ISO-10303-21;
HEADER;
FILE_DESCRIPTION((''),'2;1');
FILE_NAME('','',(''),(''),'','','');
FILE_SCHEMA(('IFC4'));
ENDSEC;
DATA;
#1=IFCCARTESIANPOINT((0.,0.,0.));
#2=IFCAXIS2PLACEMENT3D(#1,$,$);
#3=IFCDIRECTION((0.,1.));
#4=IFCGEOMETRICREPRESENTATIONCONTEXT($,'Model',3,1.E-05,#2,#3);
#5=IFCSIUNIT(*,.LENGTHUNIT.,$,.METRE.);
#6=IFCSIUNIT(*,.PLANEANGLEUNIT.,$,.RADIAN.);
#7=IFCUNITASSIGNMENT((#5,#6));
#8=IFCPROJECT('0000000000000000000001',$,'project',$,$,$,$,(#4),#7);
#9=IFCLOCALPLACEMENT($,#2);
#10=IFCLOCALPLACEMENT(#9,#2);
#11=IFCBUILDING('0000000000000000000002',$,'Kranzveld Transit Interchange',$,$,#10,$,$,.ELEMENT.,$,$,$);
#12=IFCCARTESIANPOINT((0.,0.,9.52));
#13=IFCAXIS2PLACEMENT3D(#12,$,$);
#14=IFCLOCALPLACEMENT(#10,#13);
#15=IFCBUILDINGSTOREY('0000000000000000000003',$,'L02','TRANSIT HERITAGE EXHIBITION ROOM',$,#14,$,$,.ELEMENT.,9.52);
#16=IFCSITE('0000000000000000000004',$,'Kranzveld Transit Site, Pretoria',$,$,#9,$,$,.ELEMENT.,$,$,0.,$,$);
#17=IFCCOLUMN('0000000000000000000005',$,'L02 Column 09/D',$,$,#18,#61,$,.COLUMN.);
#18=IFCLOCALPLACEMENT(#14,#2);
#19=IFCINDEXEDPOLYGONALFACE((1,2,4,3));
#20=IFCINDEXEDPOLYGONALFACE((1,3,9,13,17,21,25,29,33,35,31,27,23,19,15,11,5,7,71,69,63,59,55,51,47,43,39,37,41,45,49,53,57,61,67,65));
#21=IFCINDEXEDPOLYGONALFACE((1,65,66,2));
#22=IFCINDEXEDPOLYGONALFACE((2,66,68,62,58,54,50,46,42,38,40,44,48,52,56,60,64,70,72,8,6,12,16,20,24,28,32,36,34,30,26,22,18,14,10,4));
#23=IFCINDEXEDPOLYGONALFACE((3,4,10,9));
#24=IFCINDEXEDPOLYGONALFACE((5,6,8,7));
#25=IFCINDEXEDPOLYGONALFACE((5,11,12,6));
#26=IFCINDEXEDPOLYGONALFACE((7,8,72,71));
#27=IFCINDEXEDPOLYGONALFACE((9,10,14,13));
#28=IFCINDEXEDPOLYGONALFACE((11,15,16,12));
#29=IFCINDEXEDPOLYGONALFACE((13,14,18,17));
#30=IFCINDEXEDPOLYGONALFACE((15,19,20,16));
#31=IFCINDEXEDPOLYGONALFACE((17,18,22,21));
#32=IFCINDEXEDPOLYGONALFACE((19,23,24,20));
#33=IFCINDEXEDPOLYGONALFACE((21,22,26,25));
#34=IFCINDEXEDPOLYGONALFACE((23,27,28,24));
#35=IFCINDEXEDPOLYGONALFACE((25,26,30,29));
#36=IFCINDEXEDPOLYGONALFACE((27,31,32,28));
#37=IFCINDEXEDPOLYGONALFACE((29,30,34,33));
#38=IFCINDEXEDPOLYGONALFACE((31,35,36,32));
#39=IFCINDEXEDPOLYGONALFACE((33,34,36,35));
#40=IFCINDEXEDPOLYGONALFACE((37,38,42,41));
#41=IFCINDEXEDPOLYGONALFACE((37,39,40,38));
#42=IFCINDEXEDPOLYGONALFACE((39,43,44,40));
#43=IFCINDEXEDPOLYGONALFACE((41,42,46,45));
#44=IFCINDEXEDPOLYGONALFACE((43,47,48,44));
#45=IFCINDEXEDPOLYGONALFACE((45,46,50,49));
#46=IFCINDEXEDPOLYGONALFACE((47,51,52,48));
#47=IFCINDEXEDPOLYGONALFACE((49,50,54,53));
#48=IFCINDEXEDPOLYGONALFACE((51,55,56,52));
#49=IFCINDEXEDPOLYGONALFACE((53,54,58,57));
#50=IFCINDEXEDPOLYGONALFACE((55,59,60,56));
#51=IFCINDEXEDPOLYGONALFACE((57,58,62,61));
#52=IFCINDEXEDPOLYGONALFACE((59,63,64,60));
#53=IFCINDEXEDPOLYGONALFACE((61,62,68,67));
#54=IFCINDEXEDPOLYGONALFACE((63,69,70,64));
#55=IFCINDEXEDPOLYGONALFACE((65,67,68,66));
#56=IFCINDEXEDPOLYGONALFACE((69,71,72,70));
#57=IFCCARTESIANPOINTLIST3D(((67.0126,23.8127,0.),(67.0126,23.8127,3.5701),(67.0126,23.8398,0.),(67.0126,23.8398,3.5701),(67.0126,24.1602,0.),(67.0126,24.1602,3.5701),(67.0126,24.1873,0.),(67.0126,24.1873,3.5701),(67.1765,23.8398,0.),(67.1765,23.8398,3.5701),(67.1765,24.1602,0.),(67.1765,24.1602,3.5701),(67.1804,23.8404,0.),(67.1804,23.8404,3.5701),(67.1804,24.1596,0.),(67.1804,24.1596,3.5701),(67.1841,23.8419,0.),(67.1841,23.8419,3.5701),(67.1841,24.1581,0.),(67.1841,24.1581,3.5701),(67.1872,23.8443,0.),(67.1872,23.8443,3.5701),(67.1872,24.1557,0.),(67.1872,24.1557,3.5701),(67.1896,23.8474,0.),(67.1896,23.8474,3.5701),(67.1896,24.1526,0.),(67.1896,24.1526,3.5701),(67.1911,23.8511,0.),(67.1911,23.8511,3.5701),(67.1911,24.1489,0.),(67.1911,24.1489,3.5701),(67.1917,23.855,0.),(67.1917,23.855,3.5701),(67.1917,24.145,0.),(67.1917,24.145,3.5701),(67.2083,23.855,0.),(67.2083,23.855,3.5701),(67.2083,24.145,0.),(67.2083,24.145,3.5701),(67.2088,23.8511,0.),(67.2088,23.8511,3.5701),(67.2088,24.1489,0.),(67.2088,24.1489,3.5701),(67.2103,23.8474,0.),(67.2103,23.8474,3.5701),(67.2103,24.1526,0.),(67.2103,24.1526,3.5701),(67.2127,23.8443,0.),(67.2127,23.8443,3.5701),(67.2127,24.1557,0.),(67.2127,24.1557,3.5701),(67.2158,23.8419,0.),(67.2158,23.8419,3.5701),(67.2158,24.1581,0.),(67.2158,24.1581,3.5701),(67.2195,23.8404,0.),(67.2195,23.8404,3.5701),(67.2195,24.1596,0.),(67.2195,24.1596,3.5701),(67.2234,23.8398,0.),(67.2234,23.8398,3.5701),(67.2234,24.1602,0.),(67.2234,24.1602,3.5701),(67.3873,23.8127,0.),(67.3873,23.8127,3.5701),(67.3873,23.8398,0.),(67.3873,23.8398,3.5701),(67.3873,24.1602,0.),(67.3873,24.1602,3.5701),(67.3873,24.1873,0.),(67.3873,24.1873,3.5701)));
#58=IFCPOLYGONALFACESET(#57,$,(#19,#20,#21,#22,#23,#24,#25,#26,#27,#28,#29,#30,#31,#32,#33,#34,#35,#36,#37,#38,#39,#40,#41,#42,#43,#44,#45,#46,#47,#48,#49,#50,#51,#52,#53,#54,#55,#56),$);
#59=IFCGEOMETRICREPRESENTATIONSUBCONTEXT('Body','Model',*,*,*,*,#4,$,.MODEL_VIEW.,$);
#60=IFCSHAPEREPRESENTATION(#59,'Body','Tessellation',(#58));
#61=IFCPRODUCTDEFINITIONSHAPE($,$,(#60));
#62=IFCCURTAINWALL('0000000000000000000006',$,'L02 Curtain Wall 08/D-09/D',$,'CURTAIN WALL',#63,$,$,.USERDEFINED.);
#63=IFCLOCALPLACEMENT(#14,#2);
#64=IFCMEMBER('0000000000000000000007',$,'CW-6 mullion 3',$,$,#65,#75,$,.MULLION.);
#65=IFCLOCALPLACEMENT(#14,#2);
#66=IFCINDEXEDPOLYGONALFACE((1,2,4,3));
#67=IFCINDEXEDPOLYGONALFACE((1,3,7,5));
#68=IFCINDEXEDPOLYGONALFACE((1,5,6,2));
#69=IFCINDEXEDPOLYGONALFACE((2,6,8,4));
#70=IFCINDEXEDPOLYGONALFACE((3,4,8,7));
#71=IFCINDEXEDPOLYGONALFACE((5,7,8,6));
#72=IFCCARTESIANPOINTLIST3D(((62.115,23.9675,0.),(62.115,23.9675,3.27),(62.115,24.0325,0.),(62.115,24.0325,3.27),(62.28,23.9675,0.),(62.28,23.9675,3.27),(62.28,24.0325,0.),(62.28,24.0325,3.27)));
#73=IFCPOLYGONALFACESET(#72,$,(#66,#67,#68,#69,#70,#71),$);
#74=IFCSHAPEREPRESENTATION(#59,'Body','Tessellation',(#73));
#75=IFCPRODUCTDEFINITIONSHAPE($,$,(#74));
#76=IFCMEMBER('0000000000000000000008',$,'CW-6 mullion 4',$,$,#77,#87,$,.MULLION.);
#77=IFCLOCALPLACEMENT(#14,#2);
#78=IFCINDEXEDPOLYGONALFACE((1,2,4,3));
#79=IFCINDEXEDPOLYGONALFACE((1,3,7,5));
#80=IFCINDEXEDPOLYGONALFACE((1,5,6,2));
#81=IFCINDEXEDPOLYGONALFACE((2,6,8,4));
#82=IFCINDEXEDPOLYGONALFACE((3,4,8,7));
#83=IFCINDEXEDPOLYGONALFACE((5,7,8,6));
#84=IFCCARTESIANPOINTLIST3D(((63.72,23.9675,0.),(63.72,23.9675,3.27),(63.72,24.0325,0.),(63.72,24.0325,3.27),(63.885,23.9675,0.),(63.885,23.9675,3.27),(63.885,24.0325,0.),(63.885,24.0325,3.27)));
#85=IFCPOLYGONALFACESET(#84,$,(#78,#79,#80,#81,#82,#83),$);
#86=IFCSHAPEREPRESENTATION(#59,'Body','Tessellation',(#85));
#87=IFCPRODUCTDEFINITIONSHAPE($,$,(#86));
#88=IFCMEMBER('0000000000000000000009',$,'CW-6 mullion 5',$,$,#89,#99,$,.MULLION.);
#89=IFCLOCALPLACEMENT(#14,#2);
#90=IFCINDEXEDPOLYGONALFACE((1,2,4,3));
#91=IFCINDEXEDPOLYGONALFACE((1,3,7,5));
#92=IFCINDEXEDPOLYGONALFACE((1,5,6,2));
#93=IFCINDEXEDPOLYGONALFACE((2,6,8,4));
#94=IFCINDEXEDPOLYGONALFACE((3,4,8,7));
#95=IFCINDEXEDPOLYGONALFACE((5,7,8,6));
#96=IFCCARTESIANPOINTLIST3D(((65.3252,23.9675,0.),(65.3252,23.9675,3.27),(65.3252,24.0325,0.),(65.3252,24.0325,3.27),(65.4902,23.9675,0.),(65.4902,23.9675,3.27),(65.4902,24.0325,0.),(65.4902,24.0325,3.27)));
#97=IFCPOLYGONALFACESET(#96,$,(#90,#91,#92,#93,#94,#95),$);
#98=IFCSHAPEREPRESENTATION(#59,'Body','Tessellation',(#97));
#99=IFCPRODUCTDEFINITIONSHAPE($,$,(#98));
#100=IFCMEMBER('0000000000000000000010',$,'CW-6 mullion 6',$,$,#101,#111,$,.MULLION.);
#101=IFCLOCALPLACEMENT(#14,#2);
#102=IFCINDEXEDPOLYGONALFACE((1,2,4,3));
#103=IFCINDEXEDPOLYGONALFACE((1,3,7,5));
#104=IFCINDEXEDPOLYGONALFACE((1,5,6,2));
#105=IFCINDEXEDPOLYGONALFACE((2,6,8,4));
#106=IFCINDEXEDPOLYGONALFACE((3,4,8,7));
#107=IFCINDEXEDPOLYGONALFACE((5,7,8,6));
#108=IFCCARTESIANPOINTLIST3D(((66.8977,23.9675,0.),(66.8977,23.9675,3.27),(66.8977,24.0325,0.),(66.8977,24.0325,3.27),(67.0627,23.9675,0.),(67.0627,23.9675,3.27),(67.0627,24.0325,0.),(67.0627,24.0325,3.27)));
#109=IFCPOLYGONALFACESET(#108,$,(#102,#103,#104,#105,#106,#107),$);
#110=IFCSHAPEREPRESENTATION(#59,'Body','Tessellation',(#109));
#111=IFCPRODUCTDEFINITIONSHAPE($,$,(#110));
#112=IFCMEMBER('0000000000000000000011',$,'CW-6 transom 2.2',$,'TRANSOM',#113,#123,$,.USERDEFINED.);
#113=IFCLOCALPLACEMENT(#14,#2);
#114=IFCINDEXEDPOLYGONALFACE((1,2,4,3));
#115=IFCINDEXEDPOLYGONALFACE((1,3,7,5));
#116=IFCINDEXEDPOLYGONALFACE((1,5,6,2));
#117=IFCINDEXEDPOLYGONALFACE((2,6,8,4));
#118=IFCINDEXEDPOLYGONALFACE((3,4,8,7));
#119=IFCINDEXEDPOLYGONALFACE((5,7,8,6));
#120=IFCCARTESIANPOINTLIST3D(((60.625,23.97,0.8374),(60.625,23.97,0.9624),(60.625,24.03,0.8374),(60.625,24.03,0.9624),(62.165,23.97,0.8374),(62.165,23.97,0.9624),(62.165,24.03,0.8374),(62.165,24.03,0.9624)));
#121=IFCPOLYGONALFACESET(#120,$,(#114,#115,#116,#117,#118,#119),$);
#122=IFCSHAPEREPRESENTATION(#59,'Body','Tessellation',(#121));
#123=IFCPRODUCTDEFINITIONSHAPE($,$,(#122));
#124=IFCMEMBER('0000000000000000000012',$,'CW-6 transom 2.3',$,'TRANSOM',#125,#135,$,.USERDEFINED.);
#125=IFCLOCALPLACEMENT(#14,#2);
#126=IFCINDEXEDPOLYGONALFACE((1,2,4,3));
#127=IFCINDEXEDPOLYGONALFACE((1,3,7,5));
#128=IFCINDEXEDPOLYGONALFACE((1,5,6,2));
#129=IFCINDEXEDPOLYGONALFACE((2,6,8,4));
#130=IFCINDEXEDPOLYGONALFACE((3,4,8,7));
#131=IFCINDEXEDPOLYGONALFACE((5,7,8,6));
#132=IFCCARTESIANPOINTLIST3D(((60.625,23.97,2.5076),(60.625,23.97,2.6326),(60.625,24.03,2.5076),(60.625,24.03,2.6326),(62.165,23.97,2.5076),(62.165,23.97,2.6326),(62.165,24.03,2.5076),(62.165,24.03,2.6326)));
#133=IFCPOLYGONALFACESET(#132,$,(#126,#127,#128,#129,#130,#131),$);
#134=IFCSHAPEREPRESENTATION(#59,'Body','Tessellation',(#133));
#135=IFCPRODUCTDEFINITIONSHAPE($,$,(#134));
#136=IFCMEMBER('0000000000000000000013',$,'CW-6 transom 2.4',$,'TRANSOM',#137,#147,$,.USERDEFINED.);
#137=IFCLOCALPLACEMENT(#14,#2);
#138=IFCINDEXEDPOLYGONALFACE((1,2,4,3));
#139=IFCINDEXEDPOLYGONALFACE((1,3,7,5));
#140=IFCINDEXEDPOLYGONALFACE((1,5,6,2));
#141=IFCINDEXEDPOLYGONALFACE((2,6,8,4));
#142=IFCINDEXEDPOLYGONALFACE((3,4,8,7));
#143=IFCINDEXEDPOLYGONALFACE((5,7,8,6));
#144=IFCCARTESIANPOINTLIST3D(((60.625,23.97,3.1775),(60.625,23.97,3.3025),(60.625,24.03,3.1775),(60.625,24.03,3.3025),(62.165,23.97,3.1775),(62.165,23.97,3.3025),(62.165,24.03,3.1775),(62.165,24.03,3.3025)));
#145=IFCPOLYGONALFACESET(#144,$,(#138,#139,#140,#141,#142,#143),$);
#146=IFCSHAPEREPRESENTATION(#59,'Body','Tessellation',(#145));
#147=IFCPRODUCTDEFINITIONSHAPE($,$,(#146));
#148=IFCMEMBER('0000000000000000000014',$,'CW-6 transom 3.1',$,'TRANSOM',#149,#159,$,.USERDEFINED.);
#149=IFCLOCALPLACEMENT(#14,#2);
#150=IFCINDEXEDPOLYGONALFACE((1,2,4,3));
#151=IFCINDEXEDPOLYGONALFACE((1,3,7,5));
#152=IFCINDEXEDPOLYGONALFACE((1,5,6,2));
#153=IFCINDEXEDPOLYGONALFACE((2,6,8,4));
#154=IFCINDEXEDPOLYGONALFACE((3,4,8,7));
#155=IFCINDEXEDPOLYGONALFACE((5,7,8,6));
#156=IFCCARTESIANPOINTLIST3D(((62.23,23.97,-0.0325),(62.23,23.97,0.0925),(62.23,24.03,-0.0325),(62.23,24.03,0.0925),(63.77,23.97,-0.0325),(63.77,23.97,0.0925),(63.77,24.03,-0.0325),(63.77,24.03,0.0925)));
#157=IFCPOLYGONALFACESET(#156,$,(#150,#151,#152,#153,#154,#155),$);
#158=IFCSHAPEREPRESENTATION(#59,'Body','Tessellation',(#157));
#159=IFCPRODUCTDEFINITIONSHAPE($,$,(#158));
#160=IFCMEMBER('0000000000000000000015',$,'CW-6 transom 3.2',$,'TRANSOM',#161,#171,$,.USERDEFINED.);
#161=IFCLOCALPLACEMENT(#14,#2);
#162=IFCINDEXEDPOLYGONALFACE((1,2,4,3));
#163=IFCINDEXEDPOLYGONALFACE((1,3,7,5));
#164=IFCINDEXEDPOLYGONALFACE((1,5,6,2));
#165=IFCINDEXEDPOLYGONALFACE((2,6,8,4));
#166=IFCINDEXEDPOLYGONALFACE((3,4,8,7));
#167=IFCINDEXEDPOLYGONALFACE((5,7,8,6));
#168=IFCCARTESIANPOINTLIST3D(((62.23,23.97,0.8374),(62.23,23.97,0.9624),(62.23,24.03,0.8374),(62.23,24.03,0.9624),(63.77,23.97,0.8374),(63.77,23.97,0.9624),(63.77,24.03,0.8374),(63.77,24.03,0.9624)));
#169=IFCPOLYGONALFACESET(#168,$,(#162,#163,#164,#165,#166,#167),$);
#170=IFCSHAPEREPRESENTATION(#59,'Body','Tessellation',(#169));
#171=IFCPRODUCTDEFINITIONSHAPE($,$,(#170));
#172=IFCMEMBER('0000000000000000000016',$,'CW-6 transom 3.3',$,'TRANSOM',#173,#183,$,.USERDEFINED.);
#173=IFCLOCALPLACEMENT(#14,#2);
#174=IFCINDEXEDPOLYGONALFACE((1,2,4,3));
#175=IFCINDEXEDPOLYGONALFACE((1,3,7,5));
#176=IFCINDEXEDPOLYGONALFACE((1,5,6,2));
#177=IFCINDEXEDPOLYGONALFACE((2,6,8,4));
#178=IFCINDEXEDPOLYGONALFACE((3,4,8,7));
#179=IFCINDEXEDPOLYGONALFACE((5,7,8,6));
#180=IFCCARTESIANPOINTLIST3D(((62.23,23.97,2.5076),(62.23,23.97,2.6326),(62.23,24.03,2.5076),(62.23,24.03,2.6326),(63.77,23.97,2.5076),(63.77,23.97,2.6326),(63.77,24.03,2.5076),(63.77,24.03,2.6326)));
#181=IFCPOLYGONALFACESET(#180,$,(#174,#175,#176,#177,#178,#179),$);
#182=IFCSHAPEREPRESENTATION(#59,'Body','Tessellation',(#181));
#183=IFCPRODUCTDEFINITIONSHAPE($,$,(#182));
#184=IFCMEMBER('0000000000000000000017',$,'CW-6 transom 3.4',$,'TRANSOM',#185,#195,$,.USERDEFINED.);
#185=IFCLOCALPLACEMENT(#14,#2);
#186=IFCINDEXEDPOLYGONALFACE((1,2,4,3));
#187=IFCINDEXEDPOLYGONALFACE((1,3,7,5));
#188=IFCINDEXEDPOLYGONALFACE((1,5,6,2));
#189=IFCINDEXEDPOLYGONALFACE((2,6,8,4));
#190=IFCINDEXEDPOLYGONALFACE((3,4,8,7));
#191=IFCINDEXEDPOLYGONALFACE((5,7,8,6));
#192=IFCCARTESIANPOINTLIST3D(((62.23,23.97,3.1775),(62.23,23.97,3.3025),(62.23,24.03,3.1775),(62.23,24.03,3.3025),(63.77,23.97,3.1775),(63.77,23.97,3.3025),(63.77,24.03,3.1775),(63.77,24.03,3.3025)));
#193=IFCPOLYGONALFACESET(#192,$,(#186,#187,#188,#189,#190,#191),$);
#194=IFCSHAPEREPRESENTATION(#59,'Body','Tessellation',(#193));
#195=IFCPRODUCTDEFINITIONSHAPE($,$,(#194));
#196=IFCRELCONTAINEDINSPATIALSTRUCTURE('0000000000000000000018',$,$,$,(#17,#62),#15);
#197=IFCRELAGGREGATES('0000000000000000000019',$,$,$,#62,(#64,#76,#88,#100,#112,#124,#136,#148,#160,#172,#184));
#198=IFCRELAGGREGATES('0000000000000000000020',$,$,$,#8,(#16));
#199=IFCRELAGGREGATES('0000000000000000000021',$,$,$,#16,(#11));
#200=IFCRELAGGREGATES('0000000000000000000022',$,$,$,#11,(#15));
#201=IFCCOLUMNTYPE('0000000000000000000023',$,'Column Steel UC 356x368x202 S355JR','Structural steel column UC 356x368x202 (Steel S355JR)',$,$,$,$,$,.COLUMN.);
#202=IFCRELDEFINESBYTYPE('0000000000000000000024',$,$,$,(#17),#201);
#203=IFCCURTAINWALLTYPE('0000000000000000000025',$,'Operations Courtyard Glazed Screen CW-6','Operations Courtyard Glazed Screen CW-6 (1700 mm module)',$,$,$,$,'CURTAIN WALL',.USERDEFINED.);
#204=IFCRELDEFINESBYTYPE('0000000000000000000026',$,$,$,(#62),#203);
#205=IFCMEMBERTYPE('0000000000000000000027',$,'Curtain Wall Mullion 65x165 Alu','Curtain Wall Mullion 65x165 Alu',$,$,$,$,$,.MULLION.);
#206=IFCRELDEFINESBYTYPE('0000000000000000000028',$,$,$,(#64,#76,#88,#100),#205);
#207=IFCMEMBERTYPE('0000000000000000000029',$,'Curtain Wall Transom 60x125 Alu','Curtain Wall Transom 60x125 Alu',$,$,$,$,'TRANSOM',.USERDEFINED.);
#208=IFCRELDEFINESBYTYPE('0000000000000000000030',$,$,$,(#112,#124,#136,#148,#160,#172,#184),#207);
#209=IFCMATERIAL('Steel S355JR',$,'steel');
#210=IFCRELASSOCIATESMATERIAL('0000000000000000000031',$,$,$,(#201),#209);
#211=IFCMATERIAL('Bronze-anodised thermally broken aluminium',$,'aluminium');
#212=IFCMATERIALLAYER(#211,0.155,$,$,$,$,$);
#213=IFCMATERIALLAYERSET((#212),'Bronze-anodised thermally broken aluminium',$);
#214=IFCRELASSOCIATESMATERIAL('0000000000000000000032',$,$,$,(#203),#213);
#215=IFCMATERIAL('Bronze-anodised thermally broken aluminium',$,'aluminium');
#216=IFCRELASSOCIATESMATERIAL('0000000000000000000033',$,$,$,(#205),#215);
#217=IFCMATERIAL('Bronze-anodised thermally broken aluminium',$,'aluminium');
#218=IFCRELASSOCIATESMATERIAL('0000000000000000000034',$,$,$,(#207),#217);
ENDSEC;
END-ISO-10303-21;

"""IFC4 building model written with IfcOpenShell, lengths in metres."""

from ifc_helpers import new_model, si_unit, direction, frame, origin, origin_2d, place, context, subcontext, project, spatial, rectangle, i_section, extrude, material, layer, layer_set, material_profile, profile_set, type_object, element, aggregate, save


model = new_model("IFC4")

# Units and contexts
model_context = context("Model", 3, precision=1e-05, world=origin(), true_north=direction((0.0, 1.0)))
body_context = subcontext(model_context, "Body", "Model", "MODEL_VIEW")
ifc_project = project(units=[si_unit("LENGTHUNIT", "METRE"), si_unit("PLANEANGLEUNIT", "RADIAN")], contexts=[model_context])

# Site, building, storey
site_placement = place(None, origin())
site = spatial("IfcSite", under=ifc_project, at=site_placement, Name="Kranzveld Transit Site, Pretoria", CompositionType="ELEMENT", RefElevation=0.0)
building_placement = place(site_placement, origin())
building = spatial("IfcBuilding", under=site, at=building_placement, Name="Kranzveld Transit Interchange", CompositionType="ELEMENT")
storey_placement = place(building_placement, frame((0.0, 0.0, 9.52)))
storey = spatial("IfcBuildingStorey", under=building, at=storey_placement, Name="L02", Description="TRANSIT HERITAGE EXHIBITION ROOM", CompositionType="ELEMENT", Elevation=9.52)

# Column
ifc_material_1 = material(Name="Steel S355JR", Category="steel")
ifc_material_profile_1 = material_profile(ifc_material_1, i_section(OverallWidth=0.3748, OverallDepth=0.3745, WebThickness=0.0166, FlangeThickness=0.0271, FilletRadius=0.0151, at=origin_2d()), Name="UC 356x368x202")
ifc_profile_set_1 = profile_set([ifc_material_profile_1], Name="Steel S355JR")
column_type = type_object("IfcColumnType", Name="Column Steel UC 356x368x202 S355JR", Description="Structural steel column UC 356x368x202 (Steel S355JR)", PredefinedType="COLUMN", material=ifc_profile_set_1)
column_placement = place(storey_placement, frame((67.2, 24.0, 0.0), z_axis=(0.0, 0.0, 1.0), x_axis=(1.0, 0.0, 0.0)))
element("IfcColumn", 1, at=column_placement, inside=storey, type_object=column_type, Name="L02 Column 09/D", PredefinedType="COLUMN", context=body_context, shape_type="SweptSolid", body=[
    extrude(i_section(OverallWidth=0.3748, OverallDepth=0.3745, WebThickness=0.0166, FlangeThickness=0.0271, FilletRadius=0.0151, at=origin_2d()), origin(), (0.0, 0.0, 1.0), 3.5701),
])

# Curtain wall, members
ifc_material_2 = material(Name="Bronze-anodised thermally broken aluminium", Category="aluminium")
ifc_layer_1 = layer(ifc_material_2, 0.155)
ifc_layer_set_1 = layer_set([ifc_layer_1], Name="Bronze-anodised thermally broken aluminium")
curtain_wall_type = type_object("IfcCurtainWallType", Name="Operations Courtyard Glazed Screen CW-6", Description="Operations Courtyard Glazed Screen CW-6 (1700 mm module)", ElementType="CURTAIN WALL", PredefinedType="USERDEFINED", material=ifc_layer_set_1)
curtain_wall_placement = place(storey_placement, origin())
curtain_wall = element("IfcCurtainWall", 2, at=curtain_wall_placement, inside=storey, type_object=curtain_wall_type, Name="L02 Curtain Wall 08/D-09/D", ObjectType="CURTAIN WALL", PredefinedType="USERDEFINED")
ifc_material_3 = material(Name="Bronze-anodised thermally broken aluminium", Category="aluminium")
ifc_material_profile_2 = material_profile(ifc_material_3, rectangle(XDim=0.0649, YDim=0.165, at=origin_2d()), Name="ALU MULLION 65x165")
ifc_profile_set_2 = profile_set([ifc_material_profile_2], Name="Bronze-anodised thermally broken aluminium")
member_type_1 = type_object("IfcMemberType", Name="Curtain Wall Mullion 65x165 Alu", Description="Curtain Wall Mullion 65x165 Alu", PredefinedType="MULLION", material=ifc_profile_set_2)
member_1_placement = place(storey_placement, frame((62.1975, 24.0, 0.0), z_axis=(0.0, 0.0, 1.0), x_axis=(0.0, 1.0, 0.0)))
member_1 = element("IfcMember", 3, at=member_1_placement, type_object=member_type_1, Name="CW-6 mullion 3", PredefinedType="MULLION", context=body_context, shape_type="SweptSolid", body=[
    extrude(rectangle(XDim=0.0649, YDim=0.165, at=origin_2d()), origin(), (0.0, 0.0, 1.0), 3.27),
])
member_2_placement = place(storey_placement, frame((63.8025, 24.0, 0.0), z_axis=(0.0, 0.0, 1.0), x_axis=(0.0, 1.0, 0.0)))
member_2 = element("IfcMember", 4, at=member_2_placement, type_object=member_type_1, Name="CW-6 mullion 4", PredefinedType="MULLION", context=body_context, shape_type="SweptSolid", body=[
    extrude(rectangle(XDim=0.0649, YDim=0.165, at=origin_2d()), origin(), (0.0, 0.0, 1.0), 3.27),
])
member_3_placement = place(storey_placement, frame((65.4077, 24.0, 0.0), z_axis=(0.0, 0.0, 1.0), x_axis=(0.0, 1.0, 0.0)))
member_3 = element("IfcMember", 5, at=member_3_placement, type_object=member_type_1, Name="CW-6 mullion 5", PredefinedType="MULLION", context=body_context, shape_type="SweptSolid", body=[
    extrude(rectangle(XDim=0.0649, YDim=0.165, at=origin_2d()), origin(), (0.0, 0.0, 1.0), 3.27),
])
member_4_placement = place(storey_placement, frame((66.9802, 24.0, 0.0), z_axis=(0.0, 0.0, 1.0), x_axis=(0.0, 1.0, 0.0)))
member_4 = element("IfcMember", 6, at=member_4_placement, type_object=member_type_1, Name="CW-6 mullion 6", PredefinedType="MULLION", context=body_context, shape_type="SweptSolid", body=[
    extrude(rectangle(XDim=0.0649, YDim=0.165, at=origin_2d()), origin(), (0.0, 0.0, 1.0), 3.27),
])
ifc_material_4 = material(Name="Bronze-anodised thermally broken aluminium", Category="aluminium")
ifc_material_profile_3 = material_profile(ifc_material_4, rectangle(XDim=0.0601, YDim=0.125, at=origin_2d()), Name="ALU TRANSOM 60x125")
ifc_profile_set_3 = profile_set([ifc_material_profile_3], Name="Bronze-anodised thermally broken aluminium")
member_type_2 = type_object("IfcMemberType", Name="Curtain Wall Transom 60x125 Alu", Description="Curtain Wall Transom 60x125 Alu", ElementType="TRANSOM", PredefinedType="USERDEFINED", material=ifc_profile_set_3)
member_5_placement = place(storey_placement, frame((60.625, 24.0, 0.8999), z_axis=(1.0, 0.0, 0.0), x_axis=(0.0, 1.0, 0.0)))
member_5 = element("IfcMember", 7, at=member_5_placement, type_object=member_type_2, Name="CW-6 transom 2.2", ObjectType="TRANSOM", PredefinedType="USERDEFINED", context=body_context, shape_type="SweptSolid", body=[
    extrude(rectangle(XDim=0.0601, YDim=0.125, at=origin_2d()), origin(), (0.0, 0.0, 1.0), 1.54),
])
member_6_placement = place(storey_placement, frame((60.625, 24.0, 2.5701), z_axis=(1.0, 0.0, 0.0), x_axis=(0.0, 1.0, 0.0)))
member_6 = element("IfcMember", 8, at=member_6_placement, type_object=member_type_2, Name="CW-6 transom 2.3", ObjectType="TRANSOM", PredefinedType="USERDEFINED", context=body_context, shape_type="SweptSolid", body=[
    extrude(rectangle(XDim=0.0601, YDim=0.125, at=origin_2d()), origin(), (0.0, 0.0, 1.0), 1.54),
])
member_7_placement = place(storey_placement, frame((60.625, 24.0, 3.24), z_axis=(1.0, 0.0, 0.0), x_axis=(0.0, 1.0, 0.0)))
member_7 = element("IfcMember", 9, at=member_7_placement, type_object=member_type_2, Name="CW-6 transom 2.4", ObjectType="TRANSOM", PredefinedType="USERDEFINED", context=body_context, shape_type="SweptSolid", body=[
    extrude(rectangle(XDim=0.0601, YDim=0.125, at=origin_2d()), origin(), (0.0, 0.0, 1.0), 1.54),
])
member_8_placement = place(storey_placement, frame((62.23, 24.0, 0.03), z_axis=(1.0, 0.0, 0.0), x_axis=(0.0, 1.0, 0.0)))
member_8 = element("IfcMember", 10, at=member_8_placement, type_object=member_type_2, Name="CW-6 transom 3.1", ObjectType="TRANSOM", PredefinedType="USERDEFINED", context=body_context, shape_type="SweptSolid", body=[
    extrude(rectangle(XDim=0.0601, YDim=0.125, at=origin_2d()), origin(), (0.0, 0.0, 1.0), 1.54),
])
member_9_placement = place(storey_placement, frame((62.23, 24.0, 0.8999), z_axis=(1.0, 0.0, 0.0), x_axis=(0.0, 1.0, 0.0)))
member_9 = element("IfcMember", 11, at=member_9_placement, type_object=member_type_2, Name="CW-6 transom 3.2", ObjectType="TRANSOM", PredefinedType="USERDEFINED", context=body_context, shape_type="SweptSolid", body=[
    extrude(rectangle(XDim=0.0601, YDim=0.125, at=origin_2d()), origin(), (0.0, 0.0, 1.0), 1.54),
])
member_10_placement = place(storey_placement, frame((62.23, 24.0, 2.5701), z_axis=(1.0, 0.0, 0.0), x_axis=(0.0, 1.0, 0.0)))
member_10 = element("IfcMember", 12, at=member_10_placement, type_object=member_type_2, Name="CW-6 transom 3.3", ObjectType="TRANSOM", PredefinedType="USERDEFINED", context=body_context, shape_type="SweptSolid", body=[
    extrude(rectangle(XDim=0.0601, YDim=0.125, at=origin_2d()), origin(), (0.0, 0.0, 1.0), 1.54),
])
member_11_placement = place(storey_placement, frame((62.23, 24.0, 3.24), z_axis=(1.0, 0.0, 0.0), x_axis=(0.0, 1.0, 0.0)))
member_11 = element("IfcMember", 13, at=member_11_placement, type_object=member_type_2, Name="CW-6 transom 3.4", ObjectType="TRANSOM", PredefinedType="USERDEFINED", context=body_context, shape_type="SweptSolid", body=[
    extrude(rectangle(XDim=0.0601, YDim=0.125, at=origin_2d()), origin(), (0.0, 0.0, 1.0), 1.54),
])

aggregate(curtain_wall, [member_1, member_2, member_3, member_4, member_5, member_6, member_7, member_8, member_9, member_10, member_11])

save(model, "model.ifc")
